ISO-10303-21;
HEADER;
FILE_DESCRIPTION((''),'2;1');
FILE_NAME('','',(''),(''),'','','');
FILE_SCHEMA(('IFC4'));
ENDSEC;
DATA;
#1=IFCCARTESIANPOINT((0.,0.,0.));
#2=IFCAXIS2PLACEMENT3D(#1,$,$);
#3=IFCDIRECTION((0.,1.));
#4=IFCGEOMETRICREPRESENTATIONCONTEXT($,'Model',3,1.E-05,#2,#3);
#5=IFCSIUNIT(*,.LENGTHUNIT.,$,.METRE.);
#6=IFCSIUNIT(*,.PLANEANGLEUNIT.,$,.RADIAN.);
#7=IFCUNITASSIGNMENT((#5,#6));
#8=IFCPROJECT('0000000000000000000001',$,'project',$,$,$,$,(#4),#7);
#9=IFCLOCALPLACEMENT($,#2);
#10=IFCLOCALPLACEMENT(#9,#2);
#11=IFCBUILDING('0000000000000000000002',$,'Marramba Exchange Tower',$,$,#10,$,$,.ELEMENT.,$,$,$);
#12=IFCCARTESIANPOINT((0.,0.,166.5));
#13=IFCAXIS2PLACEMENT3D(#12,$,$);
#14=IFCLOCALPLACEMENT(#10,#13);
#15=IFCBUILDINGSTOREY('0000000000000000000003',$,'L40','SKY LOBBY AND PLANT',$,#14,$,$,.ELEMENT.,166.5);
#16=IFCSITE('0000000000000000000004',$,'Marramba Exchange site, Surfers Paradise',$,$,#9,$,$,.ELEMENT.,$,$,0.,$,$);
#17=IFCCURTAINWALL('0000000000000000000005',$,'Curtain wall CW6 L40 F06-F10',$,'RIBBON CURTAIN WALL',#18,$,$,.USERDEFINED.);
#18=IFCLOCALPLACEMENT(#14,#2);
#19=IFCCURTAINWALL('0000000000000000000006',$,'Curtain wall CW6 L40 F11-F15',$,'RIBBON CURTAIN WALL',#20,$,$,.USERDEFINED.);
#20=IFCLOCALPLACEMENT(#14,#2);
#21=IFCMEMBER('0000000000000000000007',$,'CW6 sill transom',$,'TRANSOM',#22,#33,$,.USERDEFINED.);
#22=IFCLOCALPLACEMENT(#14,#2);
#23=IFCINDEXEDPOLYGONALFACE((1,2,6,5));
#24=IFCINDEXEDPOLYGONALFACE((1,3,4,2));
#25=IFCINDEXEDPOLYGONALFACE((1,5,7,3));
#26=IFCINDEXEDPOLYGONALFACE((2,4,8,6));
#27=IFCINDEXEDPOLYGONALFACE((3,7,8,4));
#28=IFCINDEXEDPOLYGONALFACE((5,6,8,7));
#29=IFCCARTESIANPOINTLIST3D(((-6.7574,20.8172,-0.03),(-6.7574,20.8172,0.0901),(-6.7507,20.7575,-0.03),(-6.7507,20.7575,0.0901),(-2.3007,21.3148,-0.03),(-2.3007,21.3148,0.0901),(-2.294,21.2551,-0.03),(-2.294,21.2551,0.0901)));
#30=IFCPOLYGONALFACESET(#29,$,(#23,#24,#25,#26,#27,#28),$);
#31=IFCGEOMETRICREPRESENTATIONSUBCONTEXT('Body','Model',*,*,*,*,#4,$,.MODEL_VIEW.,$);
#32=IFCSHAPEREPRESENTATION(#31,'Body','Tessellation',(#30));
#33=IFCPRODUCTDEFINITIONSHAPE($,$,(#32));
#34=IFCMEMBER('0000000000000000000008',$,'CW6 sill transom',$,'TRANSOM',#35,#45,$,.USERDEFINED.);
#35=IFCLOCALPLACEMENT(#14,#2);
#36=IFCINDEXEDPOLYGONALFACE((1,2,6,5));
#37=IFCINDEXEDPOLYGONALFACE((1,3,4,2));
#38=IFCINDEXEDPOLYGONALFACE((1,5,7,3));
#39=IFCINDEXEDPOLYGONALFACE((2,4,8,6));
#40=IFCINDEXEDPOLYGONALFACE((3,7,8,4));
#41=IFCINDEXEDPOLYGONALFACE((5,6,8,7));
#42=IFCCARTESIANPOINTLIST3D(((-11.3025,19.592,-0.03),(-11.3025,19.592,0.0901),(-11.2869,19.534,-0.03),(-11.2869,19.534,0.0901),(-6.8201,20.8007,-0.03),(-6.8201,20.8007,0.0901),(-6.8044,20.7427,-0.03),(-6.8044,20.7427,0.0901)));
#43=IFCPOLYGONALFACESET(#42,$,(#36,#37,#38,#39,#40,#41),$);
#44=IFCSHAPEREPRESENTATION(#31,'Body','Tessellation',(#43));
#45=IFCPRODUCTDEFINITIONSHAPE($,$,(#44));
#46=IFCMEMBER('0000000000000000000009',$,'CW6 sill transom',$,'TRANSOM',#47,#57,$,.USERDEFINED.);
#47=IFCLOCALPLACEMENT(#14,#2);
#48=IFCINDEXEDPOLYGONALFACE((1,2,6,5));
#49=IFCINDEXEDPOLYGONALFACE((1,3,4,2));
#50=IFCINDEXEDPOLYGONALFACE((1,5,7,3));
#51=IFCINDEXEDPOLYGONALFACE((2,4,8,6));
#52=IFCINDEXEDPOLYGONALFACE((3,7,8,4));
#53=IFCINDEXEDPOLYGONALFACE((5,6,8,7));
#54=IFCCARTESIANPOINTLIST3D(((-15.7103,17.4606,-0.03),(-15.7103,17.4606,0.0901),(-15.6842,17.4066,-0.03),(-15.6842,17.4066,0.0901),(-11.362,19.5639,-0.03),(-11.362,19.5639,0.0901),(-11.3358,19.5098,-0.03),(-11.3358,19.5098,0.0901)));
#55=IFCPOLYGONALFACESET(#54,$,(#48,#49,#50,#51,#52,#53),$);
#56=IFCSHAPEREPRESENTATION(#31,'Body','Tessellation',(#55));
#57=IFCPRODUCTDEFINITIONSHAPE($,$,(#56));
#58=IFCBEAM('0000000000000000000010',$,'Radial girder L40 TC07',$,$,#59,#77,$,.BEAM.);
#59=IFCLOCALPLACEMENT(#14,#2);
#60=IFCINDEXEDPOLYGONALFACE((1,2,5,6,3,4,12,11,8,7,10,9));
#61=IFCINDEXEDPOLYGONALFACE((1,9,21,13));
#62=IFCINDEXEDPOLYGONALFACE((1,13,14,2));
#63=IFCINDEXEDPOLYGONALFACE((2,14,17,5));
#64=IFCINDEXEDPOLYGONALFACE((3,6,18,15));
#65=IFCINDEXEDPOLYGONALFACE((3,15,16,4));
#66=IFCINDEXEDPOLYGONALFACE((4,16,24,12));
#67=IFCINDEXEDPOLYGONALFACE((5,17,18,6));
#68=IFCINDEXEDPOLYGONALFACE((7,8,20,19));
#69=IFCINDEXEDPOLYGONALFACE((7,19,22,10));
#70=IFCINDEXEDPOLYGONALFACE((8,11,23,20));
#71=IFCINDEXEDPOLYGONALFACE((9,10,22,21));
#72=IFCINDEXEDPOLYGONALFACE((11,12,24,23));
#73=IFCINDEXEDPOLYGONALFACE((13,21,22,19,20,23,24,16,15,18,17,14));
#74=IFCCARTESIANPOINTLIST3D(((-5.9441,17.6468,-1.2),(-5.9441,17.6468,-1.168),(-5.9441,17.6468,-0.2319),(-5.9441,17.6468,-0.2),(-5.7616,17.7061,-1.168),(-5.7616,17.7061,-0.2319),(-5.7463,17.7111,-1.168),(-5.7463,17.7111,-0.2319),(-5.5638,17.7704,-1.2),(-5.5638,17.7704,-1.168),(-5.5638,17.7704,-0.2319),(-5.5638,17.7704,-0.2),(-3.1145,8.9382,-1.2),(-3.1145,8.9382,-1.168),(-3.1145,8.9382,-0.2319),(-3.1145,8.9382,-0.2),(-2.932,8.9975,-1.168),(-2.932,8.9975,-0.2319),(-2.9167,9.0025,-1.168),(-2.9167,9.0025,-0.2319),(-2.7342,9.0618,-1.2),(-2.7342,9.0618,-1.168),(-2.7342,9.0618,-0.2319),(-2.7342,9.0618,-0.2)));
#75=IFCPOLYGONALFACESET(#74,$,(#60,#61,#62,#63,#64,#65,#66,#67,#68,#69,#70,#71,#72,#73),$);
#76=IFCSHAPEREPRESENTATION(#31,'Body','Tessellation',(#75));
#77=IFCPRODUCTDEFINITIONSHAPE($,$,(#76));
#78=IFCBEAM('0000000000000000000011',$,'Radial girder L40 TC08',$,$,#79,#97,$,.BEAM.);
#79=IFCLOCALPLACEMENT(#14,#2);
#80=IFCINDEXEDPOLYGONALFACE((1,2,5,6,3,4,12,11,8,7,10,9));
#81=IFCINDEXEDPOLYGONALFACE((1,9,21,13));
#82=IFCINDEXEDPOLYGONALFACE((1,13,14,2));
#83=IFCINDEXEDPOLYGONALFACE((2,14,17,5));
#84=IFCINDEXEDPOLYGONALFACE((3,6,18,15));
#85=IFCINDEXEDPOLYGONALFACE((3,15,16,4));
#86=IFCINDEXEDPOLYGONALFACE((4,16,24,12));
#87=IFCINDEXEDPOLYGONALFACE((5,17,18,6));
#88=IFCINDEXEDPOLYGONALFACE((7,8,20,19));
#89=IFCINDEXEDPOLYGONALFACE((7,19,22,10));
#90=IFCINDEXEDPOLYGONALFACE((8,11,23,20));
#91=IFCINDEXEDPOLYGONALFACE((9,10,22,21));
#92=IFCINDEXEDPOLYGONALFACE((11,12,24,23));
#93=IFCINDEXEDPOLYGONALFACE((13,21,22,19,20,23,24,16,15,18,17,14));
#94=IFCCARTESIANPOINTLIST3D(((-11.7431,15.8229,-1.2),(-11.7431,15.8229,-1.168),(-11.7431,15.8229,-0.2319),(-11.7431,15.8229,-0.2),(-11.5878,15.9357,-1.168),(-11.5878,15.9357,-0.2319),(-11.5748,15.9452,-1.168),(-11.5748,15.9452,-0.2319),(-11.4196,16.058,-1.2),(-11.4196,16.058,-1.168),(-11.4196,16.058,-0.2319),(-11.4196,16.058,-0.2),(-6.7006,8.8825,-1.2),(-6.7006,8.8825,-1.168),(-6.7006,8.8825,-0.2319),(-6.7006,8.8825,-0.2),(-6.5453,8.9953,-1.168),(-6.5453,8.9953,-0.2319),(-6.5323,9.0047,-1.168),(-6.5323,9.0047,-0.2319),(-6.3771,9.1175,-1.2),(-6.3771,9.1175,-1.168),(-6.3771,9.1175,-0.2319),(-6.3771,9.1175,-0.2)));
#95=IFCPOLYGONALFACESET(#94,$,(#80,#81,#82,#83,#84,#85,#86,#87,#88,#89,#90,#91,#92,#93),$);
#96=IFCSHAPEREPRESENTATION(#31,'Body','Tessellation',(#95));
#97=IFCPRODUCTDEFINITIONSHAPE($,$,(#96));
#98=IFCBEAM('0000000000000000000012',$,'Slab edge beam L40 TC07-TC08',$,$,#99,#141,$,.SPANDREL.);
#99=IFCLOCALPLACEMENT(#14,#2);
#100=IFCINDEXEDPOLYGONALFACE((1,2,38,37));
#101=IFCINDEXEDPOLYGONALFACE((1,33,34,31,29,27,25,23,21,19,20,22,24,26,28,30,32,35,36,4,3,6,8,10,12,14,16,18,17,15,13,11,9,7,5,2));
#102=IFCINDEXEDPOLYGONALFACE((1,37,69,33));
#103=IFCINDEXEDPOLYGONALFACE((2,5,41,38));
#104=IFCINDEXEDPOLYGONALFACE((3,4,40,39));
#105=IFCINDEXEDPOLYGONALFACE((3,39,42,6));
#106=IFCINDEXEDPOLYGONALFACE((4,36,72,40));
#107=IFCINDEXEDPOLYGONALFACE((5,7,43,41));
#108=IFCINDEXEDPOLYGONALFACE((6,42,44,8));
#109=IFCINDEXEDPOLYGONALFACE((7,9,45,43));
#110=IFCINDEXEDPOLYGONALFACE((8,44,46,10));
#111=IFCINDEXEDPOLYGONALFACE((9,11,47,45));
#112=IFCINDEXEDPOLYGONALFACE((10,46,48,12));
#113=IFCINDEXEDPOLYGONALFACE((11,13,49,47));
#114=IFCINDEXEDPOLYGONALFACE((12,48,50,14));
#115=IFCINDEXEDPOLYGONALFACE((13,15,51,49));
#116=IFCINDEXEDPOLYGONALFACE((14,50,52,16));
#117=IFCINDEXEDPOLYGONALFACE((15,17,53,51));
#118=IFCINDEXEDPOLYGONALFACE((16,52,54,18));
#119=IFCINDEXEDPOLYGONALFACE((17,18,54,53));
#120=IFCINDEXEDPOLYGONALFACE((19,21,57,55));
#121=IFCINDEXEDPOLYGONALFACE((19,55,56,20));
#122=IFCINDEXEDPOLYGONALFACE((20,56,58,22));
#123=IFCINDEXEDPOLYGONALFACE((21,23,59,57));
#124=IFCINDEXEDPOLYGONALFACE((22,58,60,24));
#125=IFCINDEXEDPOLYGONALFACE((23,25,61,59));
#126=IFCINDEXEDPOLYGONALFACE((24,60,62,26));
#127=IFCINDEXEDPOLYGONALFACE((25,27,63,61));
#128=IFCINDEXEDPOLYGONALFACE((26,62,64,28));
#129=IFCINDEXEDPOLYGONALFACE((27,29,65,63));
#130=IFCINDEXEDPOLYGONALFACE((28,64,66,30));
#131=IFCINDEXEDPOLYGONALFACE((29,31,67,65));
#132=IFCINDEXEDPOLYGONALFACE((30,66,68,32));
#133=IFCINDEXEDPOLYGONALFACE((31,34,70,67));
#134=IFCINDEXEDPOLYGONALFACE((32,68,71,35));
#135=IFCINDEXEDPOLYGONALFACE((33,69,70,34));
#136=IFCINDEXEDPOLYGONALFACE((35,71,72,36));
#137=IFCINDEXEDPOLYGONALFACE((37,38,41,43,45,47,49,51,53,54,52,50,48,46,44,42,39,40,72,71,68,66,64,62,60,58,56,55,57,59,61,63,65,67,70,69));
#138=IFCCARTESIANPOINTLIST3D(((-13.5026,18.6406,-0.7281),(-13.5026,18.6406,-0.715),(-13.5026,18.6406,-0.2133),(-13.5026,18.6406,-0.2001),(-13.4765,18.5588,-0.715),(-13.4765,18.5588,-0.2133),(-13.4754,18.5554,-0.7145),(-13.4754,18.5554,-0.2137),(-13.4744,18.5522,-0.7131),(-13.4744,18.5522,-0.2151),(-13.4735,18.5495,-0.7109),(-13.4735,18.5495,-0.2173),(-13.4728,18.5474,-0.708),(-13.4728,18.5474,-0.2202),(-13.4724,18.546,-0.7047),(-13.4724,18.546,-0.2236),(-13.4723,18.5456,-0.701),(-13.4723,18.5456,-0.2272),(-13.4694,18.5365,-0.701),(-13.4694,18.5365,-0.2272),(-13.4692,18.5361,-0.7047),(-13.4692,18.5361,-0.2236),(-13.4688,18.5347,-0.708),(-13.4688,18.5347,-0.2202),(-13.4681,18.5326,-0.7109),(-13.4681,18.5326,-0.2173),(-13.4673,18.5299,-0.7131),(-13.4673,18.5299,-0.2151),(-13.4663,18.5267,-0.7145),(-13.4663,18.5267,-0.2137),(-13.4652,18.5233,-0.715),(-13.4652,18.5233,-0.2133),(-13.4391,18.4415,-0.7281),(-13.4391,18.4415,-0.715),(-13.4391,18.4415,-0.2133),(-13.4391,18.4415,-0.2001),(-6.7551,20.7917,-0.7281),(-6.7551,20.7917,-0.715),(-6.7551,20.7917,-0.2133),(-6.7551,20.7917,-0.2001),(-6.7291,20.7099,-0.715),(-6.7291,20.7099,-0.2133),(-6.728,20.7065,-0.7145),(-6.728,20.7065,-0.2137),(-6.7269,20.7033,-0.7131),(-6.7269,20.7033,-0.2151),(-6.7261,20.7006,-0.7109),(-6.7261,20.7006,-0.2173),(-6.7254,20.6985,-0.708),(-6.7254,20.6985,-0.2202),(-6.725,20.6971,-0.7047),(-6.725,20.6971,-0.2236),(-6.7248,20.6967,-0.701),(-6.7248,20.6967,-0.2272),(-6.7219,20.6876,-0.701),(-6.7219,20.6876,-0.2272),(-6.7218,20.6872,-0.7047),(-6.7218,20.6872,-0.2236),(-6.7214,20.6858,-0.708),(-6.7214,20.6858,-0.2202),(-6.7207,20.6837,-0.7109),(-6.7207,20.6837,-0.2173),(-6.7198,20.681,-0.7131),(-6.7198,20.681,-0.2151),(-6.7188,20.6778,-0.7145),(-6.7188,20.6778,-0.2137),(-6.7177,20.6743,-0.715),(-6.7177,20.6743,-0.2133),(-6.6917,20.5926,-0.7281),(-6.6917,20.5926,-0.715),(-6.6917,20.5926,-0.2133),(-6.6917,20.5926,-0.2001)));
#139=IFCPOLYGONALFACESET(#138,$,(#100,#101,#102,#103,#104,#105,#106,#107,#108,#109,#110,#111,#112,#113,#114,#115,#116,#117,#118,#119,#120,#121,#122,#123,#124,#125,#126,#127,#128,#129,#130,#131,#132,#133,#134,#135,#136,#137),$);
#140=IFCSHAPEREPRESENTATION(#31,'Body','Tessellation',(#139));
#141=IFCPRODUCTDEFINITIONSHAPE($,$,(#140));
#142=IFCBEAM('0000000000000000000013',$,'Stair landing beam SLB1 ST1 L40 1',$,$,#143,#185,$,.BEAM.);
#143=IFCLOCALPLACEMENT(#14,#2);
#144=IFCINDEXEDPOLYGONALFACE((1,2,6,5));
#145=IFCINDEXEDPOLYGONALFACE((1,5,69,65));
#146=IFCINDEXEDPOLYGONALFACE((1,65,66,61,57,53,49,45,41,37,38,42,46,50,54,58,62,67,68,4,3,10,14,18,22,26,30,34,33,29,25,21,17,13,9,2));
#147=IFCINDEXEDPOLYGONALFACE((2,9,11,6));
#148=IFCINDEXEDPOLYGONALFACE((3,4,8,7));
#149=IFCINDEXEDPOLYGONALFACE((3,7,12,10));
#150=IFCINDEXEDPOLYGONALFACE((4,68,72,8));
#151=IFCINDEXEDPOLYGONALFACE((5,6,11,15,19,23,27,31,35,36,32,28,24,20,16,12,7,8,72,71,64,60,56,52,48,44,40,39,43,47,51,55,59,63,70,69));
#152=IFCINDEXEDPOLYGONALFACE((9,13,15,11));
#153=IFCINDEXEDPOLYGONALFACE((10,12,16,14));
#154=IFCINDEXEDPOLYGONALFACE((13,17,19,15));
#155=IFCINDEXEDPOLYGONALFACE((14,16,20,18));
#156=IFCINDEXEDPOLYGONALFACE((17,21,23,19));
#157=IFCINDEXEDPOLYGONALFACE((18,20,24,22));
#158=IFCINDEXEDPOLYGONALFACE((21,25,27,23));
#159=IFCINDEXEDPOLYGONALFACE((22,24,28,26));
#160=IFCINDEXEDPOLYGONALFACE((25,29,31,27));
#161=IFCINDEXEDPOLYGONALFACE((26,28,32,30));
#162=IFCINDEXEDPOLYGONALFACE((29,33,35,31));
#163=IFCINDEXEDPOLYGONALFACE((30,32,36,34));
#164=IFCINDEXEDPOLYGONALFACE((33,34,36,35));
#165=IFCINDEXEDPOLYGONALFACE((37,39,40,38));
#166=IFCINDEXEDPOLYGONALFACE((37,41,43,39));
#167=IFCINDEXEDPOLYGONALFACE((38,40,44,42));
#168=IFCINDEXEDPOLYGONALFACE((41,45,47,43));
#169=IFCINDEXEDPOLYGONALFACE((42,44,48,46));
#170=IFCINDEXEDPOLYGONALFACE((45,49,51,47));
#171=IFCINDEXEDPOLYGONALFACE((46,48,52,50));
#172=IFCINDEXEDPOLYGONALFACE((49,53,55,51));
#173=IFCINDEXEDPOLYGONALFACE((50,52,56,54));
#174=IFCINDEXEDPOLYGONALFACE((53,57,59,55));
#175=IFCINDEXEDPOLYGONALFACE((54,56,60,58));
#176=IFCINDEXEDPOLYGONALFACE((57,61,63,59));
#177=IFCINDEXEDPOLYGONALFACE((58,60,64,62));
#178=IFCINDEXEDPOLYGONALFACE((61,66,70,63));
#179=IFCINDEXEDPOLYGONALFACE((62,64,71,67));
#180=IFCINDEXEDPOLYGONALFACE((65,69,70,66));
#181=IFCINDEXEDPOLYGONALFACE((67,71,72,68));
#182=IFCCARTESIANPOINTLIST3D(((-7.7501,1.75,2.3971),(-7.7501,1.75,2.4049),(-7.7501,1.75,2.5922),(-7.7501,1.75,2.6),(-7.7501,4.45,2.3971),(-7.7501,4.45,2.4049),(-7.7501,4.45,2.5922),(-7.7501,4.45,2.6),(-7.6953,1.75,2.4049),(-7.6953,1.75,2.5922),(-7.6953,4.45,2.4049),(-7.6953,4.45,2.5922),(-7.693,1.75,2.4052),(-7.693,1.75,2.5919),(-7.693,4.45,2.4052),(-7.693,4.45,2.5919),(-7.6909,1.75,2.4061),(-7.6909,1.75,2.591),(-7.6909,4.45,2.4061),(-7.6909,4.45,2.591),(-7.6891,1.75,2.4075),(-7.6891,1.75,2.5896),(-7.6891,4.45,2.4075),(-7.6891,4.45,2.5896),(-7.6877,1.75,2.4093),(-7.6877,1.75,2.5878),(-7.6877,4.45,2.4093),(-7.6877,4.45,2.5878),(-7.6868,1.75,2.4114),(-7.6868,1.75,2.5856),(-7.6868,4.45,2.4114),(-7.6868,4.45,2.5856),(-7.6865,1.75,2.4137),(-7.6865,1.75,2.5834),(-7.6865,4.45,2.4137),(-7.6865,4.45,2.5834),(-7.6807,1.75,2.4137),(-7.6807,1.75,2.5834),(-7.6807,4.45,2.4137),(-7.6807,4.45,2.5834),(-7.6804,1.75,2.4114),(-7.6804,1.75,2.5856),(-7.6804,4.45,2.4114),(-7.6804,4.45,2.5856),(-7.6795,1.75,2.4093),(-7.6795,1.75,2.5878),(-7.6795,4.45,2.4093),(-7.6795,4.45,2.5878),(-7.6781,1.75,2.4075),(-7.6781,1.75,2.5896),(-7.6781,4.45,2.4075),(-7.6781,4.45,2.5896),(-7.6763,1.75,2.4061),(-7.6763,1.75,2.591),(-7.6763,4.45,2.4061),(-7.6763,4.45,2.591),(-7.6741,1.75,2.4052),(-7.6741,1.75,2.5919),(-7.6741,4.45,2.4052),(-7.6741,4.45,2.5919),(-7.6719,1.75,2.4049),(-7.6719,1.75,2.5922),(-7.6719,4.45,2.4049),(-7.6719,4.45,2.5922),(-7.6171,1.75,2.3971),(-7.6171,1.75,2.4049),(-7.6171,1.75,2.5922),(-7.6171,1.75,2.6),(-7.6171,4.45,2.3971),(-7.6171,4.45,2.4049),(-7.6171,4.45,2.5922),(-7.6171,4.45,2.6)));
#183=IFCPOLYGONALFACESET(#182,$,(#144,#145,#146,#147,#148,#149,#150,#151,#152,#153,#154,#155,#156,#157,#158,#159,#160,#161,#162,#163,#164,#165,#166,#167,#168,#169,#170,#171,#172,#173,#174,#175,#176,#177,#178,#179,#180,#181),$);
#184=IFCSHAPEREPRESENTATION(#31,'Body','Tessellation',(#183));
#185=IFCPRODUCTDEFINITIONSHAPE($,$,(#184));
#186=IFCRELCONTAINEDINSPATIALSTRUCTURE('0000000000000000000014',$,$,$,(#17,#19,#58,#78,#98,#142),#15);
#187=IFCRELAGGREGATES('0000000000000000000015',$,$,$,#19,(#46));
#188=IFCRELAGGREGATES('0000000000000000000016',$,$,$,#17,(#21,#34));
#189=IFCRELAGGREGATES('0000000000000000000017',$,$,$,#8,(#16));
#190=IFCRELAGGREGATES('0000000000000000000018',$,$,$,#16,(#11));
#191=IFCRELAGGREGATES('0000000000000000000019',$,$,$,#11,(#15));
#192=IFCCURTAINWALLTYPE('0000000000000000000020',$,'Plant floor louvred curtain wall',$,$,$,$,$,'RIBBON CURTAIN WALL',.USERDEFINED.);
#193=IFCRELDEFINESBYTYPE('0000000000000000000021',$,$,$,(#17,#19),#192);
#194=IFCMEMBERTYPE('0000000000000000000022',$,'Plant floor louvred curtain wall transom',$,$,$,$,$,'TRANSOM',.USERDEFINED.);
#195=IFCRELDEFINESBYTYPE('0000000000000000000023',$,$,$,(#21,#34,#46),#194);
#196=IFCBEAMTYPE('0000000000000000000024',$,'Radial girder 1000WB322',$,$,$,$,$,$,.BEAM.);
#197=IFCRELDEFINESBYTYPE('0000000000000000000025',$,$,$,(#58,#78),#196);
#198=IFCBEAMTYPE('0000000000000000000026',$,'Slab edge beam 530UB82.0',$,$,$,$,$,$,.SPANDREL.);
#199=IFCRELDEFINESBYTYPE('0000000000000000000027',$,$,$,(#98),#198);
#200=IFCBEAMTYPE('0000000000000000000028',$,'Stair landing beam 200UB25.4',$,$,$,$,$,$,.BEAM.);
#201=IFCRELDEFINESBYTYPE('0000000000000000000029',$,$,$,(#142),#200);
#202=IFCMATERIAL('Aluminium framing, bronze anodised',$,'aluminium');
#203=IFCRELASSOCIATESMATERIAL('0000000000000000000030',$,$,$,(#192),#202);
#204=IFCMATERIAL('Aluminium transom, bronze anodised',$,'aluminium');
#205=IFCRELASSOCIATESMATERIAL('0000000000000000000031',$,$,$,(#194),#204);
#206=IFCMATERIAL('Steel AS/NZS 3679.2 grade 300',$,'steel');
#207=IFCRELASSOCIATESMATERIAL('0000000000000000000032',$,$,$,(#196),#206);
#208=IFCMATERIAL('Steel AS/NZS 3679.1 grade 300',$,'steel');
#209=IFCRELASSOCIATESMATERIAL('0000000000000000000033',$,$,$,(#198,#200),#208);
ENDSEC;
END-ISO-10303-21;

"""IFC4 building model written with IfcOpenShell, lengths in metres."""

from ifc_helpers import new_model, si_unit, direction, frame, origin, origin_2d, place, context, subcontext, project, spatial, rectangle, i_section, extrude, material, material_profile, profile_set, type_object, element, aggregate, save


model = new_model("IFC4")

# Units and contexts
model_context = context("Model", 3, precision=1e-05, world=origin(), true_north=direction((0.0, 1.0)))
body_context = subcontext(model_context, "Body", "Model", "MODEL_VIEW")
ifc_project = project(units=[si_unit("LENGTHUNIT", "METRE"), si_unit("PLANEANGLEUNIT", "RADIAN")], contexts=[model_context])

# Site, building, storey
site_placement = place(None, origin())
site = spatial("IfcSite", under=ifc_project, at=site_placement, Name="Marramba Exchange site, Surfers Paradise", CompositionType="ELEMENT", RefElevation=0.0)
building_placement = place(site_placement, origin())
building = spatial("IfcBuilding", under=site, at=building_placement, Name="Marramba Exchange Tower", CompositionType="ELEMENT")
storey_placement = place(building_placement, frame((0.0, 0.0, 166.5)))
storey = spatial("IfcBuildingStorey", under=building, at=storey_placement, Name="L40", Description="SKY LOBBY AND PLANT", CompositionType="ELEMENT", Elevation=166.5)

# Shared definitions
ifc_material_1 = material(Name="Steel AS/NZS 3679.2 grade 300", Category="steel")

# Shared definitions
ifc_material_2 = material(Name="Steel AS/NZS 3679.1 grade 300", Category="steel")

# Curtain wall
ifc_material_3 = material(Name="Aluminium framing, bronze anodised", Category="aluminium")
curtain_wall_type = type_object("IfcCurtainWallType", Name="Plant floor louvred curtain wall", ElementType="RIBBON CURTAIN WALL", PredefinedType="USERDEFINED", material=ifc_material_3)
curtain_wall_1_placement = place(storey_placement, origin())
curtain_wall_1 = element("IfcCurtainWall", 1, at=curtain_wall_1_placement, inside=storey, type_object=curtain_wall_type, Name="Curtain wall CW6 L40 F06-F10", ObjectType="RIBBON CURTAIN WALL", PredefinedType="USERDEFINED")

# Curtain wall
curtain_wall_2_placement = place(storey_placement, origin())
curtain_wall_2 = element("IfcCurtainWall", 2, at=curtain_wall_2_placement, inside=storey, type_object=curtain_wall_type, Name="Curtain wall CW6 L40 F11-F15", ObjectType="RIBBON CURTAIN WALL", PredefinedType="USERDEFINED")

# Members
ifc_material_4 = material(Name="Aluminium transom, bronze anodised", Category="aluminium")
ifc_material_profile_1 = material_profile(ifc_material_4, rectangle(XDim=0.0601, YDim=0.1201, at=origin_2d()), Name="CW6 transom 60x120")
ifc_profile_set_1 = profile_set([ifc_material_profile_1], Name="Aluminium transom, bronze anodised")
member_type_1 = type_object("IfcMemberType", Name="Plant floor louvred curtain wall transom", ElementType="TRANSOM", PredefinedType="USERDEFINED", material=ifc_profile_set_1)
member_1_placement = place(storey_placement, frame((-2.2974, 21.2849, 0.03), z_axis=(-0.993826, -0.110951, 0.0), x_axis=(0.110951, -0.993826, 0.0)))
member_1 = element("IfcMember", 3, at=member_1_placement, type_object=member_type_1, Name="CW6 sill transom", ObjectType="TRANSOM", PredefinedType="USERDEFINED", context=body_context, shape_type="SweptSolid", body=[
    extrude(rectangle(XDim=0.0601, YDim=0.1201, at=origin_2d()), origin(), (0.0, 0.0, 1.0), 4.4844),
])
member_2_placement = place(storey_placement, frame((-6.8123, 20.7717, 0.03), z_axis=(-0.965511, -0.260362, 0.0), x_axis=(0.260362, -0.965511, 0.0)))
member_2 = element("IfcMember", 4, at=member_2_placement, type_object=member_type_1, Name="CW6 sill transom", ObjectType="TRANSOM", PredefinedType="USERDEFINED", context=body_context, shape_type="SweptSolid", body=[
    extrude(rectangle(XDim=0.0601, YDim=0.1201, at=origin_2d()), origin(), (0.0, 0.0, 1.0), 4.6426),
])
member_3_placement = place(storey_placement, frame((-11.3489, 19.5369, 0.03), z_axis=(-0.900223, -0.435429, 0.0), x_axis=(0.435429, -0.900223, 0.0)))
member_3 = element("IfcMember", 5, at=member_3_placement, type_object=member_type_1, Name="CW6 sill transom", ObjectType="TRANSOM", PredefinedType="USERDEFINED", context=body_context, shape_type="SweptSolid", body=[
    extrude(rectangle(XDim=0.0601, YDim=0.1201, at=origin_2d()), origin(), (0.0, 0.0, 1.0), 4.8303),
])
aggregate(curtain_wall_2, [member_3])

# Beams
ifc_material_profile_2 = material_profile(ifc_material_1, i_section(OverallWidth=0.3999, OverallDepth=1.0, WebThickness=0.0161, FlangeThickness=0.032, at=origin_2d()), Name="1000WB322")
ifc_profile_set_2 = profile_set([ifc_material_profile_2], Name="Steel AS/NZS 3679.2 grade 300")
beam_type_1 = type_object("IfcBeamType", Name="Radial girder 1000WB322", PredefinedType="BEAM", material=ifc_profile_set_2)
beam_1_placement = place(storey_placement, frame((-2.9243, 9.0, -0.7), z_axis=(-0.30902, 0.951056, 0.0), x_axis=(-0.951056, -0.30902, 0.0)))
element("IfcBeam", 6, at=beam_1_placement, inside=storey, type_object=beam_type_1, Name="Radial girder L40 TC07", PredefinedType="BEAM", context=body_context, shape_type="SweptSolid", body=[
    extrude(i_section(OverallWidth=0.3999, OverallDepth=1.0, WebThickness=0.0161, FlangeThickness=0.032, at=origin_2d()), origin(), (0.0, 0.0, 1.0), 9.1567),
])
beam_2_placement = place(storey_placement, frame((-6.5388, 9.0, -0.7), z_axis=(-0.587782, 0.809019, 0.0), x_axis=(-0.809019, -0.587782, 0.0)))
element("IfcBeam", 7, at=beam_2_placement, inside=storey, type_object=beam_type_1, Name="Radial girder L40 TC08", PredefinedType="BEAM", context=body_context, shape_type="SweptSolid", body=[
    extrude(i_section(OverallWidth=0.3999, OverallDepth=1.0, WebThickness=0.0161, FlangeThickness=0.032, at=origin_2d()), origin(), (0.0, 0.0, 1.0), 8.5789),
])
ifc_material_profile_3 = material_profile(ifc_material_2, i_section(OverallWidth=0.209, OverallDepth=0.5281, WebThickness=0.0095, FlangeThickness=0.0132, FilletRadius=0.0139, at=origin_2d()), Name="530UB82.0")
ifc_profile_set_3 = profile_set([ifc_material_profile_3], Name="Steel AS/NZS 3679.1 grade 300")
beam_type_2 = type_object("IfcBeamType", Name="Slab edge beam 530UB82.0", PredefinedType="SPANDREL", material=ifc_profile_set_3)
beam_3_placement = place(storey_placement, frame((-6.7234, 20.6921, -0.4641), z_axis=(-0.952755, -0.303739, 0.0), x_axis=(0.303739, -0.952755, 0.0)))
element("IfcBeam", 8, at=beam_3_placement, inside=storey, type_object=beam_type_2, Name="Slab edge beam L40 TC07-TC08", PredefinedType="SPANDREL", context=body_context, shape_type="SweptSolid", body=[
    extrude(i_section(OverallWidth=0.209, OverallDepth=0.5281, WebThickness=0.0095, FlangeThickness=0.0132, FilletRadius=0.0139, at=origin_2d()), origin(), (0.0, 0.0, 1.0), 7.082),
])
ifc_material_profile_4 = material_profile(ifc_material_2, i_section(OverallWidth=0.1331, OverallDepth=0.2029, WebThickness=0.0059, FlangeThickness=0.0078, FilletRadius=0.0088, at=origin_2d()), Name="200UB25.4")
ifc_profile_set_4 = profile_set([ifc_material_profile_4], Name="Steel AS/NZS 3679.1 grade 300")
beam_type_3 = type_object("IfcBeamType", Name="Stair landing beam 200UB25.4", PredefinedType="BEAM", material=ifc_profile_set_4)
for number, where, z_axis, x_axis, name in (
    (9, (-7.6836, 1.75, 2.4985), (0.0, 1.0, 0.0), (-1.0, 0.0, 0.0), "Stair landing beam SLB1 ST1 L40 1"),
):
    element("IfcBeam", number, at=place(storey_placement, frame(where, z_axis=z_axis, x_axis=x_axis)), inside=storey, type_object=beam_type_3, Name=name, PredefinedType="BEAM", context=body_context, shape_type="SweptSolid", body=[
        extrude(i_section(OverallWidth=0.1331, OverallDepth=0.2029, WebThickness=0.0059, FlangeThickness=0.0078, FilletRadius=0.0088, at=origin_2d()), origin(), (0.0, 0.0, 1.0), 2.7),
    ])

aggregate(curtain_wall_1, [member_1, member_2])

save(model, "model.ifc")
